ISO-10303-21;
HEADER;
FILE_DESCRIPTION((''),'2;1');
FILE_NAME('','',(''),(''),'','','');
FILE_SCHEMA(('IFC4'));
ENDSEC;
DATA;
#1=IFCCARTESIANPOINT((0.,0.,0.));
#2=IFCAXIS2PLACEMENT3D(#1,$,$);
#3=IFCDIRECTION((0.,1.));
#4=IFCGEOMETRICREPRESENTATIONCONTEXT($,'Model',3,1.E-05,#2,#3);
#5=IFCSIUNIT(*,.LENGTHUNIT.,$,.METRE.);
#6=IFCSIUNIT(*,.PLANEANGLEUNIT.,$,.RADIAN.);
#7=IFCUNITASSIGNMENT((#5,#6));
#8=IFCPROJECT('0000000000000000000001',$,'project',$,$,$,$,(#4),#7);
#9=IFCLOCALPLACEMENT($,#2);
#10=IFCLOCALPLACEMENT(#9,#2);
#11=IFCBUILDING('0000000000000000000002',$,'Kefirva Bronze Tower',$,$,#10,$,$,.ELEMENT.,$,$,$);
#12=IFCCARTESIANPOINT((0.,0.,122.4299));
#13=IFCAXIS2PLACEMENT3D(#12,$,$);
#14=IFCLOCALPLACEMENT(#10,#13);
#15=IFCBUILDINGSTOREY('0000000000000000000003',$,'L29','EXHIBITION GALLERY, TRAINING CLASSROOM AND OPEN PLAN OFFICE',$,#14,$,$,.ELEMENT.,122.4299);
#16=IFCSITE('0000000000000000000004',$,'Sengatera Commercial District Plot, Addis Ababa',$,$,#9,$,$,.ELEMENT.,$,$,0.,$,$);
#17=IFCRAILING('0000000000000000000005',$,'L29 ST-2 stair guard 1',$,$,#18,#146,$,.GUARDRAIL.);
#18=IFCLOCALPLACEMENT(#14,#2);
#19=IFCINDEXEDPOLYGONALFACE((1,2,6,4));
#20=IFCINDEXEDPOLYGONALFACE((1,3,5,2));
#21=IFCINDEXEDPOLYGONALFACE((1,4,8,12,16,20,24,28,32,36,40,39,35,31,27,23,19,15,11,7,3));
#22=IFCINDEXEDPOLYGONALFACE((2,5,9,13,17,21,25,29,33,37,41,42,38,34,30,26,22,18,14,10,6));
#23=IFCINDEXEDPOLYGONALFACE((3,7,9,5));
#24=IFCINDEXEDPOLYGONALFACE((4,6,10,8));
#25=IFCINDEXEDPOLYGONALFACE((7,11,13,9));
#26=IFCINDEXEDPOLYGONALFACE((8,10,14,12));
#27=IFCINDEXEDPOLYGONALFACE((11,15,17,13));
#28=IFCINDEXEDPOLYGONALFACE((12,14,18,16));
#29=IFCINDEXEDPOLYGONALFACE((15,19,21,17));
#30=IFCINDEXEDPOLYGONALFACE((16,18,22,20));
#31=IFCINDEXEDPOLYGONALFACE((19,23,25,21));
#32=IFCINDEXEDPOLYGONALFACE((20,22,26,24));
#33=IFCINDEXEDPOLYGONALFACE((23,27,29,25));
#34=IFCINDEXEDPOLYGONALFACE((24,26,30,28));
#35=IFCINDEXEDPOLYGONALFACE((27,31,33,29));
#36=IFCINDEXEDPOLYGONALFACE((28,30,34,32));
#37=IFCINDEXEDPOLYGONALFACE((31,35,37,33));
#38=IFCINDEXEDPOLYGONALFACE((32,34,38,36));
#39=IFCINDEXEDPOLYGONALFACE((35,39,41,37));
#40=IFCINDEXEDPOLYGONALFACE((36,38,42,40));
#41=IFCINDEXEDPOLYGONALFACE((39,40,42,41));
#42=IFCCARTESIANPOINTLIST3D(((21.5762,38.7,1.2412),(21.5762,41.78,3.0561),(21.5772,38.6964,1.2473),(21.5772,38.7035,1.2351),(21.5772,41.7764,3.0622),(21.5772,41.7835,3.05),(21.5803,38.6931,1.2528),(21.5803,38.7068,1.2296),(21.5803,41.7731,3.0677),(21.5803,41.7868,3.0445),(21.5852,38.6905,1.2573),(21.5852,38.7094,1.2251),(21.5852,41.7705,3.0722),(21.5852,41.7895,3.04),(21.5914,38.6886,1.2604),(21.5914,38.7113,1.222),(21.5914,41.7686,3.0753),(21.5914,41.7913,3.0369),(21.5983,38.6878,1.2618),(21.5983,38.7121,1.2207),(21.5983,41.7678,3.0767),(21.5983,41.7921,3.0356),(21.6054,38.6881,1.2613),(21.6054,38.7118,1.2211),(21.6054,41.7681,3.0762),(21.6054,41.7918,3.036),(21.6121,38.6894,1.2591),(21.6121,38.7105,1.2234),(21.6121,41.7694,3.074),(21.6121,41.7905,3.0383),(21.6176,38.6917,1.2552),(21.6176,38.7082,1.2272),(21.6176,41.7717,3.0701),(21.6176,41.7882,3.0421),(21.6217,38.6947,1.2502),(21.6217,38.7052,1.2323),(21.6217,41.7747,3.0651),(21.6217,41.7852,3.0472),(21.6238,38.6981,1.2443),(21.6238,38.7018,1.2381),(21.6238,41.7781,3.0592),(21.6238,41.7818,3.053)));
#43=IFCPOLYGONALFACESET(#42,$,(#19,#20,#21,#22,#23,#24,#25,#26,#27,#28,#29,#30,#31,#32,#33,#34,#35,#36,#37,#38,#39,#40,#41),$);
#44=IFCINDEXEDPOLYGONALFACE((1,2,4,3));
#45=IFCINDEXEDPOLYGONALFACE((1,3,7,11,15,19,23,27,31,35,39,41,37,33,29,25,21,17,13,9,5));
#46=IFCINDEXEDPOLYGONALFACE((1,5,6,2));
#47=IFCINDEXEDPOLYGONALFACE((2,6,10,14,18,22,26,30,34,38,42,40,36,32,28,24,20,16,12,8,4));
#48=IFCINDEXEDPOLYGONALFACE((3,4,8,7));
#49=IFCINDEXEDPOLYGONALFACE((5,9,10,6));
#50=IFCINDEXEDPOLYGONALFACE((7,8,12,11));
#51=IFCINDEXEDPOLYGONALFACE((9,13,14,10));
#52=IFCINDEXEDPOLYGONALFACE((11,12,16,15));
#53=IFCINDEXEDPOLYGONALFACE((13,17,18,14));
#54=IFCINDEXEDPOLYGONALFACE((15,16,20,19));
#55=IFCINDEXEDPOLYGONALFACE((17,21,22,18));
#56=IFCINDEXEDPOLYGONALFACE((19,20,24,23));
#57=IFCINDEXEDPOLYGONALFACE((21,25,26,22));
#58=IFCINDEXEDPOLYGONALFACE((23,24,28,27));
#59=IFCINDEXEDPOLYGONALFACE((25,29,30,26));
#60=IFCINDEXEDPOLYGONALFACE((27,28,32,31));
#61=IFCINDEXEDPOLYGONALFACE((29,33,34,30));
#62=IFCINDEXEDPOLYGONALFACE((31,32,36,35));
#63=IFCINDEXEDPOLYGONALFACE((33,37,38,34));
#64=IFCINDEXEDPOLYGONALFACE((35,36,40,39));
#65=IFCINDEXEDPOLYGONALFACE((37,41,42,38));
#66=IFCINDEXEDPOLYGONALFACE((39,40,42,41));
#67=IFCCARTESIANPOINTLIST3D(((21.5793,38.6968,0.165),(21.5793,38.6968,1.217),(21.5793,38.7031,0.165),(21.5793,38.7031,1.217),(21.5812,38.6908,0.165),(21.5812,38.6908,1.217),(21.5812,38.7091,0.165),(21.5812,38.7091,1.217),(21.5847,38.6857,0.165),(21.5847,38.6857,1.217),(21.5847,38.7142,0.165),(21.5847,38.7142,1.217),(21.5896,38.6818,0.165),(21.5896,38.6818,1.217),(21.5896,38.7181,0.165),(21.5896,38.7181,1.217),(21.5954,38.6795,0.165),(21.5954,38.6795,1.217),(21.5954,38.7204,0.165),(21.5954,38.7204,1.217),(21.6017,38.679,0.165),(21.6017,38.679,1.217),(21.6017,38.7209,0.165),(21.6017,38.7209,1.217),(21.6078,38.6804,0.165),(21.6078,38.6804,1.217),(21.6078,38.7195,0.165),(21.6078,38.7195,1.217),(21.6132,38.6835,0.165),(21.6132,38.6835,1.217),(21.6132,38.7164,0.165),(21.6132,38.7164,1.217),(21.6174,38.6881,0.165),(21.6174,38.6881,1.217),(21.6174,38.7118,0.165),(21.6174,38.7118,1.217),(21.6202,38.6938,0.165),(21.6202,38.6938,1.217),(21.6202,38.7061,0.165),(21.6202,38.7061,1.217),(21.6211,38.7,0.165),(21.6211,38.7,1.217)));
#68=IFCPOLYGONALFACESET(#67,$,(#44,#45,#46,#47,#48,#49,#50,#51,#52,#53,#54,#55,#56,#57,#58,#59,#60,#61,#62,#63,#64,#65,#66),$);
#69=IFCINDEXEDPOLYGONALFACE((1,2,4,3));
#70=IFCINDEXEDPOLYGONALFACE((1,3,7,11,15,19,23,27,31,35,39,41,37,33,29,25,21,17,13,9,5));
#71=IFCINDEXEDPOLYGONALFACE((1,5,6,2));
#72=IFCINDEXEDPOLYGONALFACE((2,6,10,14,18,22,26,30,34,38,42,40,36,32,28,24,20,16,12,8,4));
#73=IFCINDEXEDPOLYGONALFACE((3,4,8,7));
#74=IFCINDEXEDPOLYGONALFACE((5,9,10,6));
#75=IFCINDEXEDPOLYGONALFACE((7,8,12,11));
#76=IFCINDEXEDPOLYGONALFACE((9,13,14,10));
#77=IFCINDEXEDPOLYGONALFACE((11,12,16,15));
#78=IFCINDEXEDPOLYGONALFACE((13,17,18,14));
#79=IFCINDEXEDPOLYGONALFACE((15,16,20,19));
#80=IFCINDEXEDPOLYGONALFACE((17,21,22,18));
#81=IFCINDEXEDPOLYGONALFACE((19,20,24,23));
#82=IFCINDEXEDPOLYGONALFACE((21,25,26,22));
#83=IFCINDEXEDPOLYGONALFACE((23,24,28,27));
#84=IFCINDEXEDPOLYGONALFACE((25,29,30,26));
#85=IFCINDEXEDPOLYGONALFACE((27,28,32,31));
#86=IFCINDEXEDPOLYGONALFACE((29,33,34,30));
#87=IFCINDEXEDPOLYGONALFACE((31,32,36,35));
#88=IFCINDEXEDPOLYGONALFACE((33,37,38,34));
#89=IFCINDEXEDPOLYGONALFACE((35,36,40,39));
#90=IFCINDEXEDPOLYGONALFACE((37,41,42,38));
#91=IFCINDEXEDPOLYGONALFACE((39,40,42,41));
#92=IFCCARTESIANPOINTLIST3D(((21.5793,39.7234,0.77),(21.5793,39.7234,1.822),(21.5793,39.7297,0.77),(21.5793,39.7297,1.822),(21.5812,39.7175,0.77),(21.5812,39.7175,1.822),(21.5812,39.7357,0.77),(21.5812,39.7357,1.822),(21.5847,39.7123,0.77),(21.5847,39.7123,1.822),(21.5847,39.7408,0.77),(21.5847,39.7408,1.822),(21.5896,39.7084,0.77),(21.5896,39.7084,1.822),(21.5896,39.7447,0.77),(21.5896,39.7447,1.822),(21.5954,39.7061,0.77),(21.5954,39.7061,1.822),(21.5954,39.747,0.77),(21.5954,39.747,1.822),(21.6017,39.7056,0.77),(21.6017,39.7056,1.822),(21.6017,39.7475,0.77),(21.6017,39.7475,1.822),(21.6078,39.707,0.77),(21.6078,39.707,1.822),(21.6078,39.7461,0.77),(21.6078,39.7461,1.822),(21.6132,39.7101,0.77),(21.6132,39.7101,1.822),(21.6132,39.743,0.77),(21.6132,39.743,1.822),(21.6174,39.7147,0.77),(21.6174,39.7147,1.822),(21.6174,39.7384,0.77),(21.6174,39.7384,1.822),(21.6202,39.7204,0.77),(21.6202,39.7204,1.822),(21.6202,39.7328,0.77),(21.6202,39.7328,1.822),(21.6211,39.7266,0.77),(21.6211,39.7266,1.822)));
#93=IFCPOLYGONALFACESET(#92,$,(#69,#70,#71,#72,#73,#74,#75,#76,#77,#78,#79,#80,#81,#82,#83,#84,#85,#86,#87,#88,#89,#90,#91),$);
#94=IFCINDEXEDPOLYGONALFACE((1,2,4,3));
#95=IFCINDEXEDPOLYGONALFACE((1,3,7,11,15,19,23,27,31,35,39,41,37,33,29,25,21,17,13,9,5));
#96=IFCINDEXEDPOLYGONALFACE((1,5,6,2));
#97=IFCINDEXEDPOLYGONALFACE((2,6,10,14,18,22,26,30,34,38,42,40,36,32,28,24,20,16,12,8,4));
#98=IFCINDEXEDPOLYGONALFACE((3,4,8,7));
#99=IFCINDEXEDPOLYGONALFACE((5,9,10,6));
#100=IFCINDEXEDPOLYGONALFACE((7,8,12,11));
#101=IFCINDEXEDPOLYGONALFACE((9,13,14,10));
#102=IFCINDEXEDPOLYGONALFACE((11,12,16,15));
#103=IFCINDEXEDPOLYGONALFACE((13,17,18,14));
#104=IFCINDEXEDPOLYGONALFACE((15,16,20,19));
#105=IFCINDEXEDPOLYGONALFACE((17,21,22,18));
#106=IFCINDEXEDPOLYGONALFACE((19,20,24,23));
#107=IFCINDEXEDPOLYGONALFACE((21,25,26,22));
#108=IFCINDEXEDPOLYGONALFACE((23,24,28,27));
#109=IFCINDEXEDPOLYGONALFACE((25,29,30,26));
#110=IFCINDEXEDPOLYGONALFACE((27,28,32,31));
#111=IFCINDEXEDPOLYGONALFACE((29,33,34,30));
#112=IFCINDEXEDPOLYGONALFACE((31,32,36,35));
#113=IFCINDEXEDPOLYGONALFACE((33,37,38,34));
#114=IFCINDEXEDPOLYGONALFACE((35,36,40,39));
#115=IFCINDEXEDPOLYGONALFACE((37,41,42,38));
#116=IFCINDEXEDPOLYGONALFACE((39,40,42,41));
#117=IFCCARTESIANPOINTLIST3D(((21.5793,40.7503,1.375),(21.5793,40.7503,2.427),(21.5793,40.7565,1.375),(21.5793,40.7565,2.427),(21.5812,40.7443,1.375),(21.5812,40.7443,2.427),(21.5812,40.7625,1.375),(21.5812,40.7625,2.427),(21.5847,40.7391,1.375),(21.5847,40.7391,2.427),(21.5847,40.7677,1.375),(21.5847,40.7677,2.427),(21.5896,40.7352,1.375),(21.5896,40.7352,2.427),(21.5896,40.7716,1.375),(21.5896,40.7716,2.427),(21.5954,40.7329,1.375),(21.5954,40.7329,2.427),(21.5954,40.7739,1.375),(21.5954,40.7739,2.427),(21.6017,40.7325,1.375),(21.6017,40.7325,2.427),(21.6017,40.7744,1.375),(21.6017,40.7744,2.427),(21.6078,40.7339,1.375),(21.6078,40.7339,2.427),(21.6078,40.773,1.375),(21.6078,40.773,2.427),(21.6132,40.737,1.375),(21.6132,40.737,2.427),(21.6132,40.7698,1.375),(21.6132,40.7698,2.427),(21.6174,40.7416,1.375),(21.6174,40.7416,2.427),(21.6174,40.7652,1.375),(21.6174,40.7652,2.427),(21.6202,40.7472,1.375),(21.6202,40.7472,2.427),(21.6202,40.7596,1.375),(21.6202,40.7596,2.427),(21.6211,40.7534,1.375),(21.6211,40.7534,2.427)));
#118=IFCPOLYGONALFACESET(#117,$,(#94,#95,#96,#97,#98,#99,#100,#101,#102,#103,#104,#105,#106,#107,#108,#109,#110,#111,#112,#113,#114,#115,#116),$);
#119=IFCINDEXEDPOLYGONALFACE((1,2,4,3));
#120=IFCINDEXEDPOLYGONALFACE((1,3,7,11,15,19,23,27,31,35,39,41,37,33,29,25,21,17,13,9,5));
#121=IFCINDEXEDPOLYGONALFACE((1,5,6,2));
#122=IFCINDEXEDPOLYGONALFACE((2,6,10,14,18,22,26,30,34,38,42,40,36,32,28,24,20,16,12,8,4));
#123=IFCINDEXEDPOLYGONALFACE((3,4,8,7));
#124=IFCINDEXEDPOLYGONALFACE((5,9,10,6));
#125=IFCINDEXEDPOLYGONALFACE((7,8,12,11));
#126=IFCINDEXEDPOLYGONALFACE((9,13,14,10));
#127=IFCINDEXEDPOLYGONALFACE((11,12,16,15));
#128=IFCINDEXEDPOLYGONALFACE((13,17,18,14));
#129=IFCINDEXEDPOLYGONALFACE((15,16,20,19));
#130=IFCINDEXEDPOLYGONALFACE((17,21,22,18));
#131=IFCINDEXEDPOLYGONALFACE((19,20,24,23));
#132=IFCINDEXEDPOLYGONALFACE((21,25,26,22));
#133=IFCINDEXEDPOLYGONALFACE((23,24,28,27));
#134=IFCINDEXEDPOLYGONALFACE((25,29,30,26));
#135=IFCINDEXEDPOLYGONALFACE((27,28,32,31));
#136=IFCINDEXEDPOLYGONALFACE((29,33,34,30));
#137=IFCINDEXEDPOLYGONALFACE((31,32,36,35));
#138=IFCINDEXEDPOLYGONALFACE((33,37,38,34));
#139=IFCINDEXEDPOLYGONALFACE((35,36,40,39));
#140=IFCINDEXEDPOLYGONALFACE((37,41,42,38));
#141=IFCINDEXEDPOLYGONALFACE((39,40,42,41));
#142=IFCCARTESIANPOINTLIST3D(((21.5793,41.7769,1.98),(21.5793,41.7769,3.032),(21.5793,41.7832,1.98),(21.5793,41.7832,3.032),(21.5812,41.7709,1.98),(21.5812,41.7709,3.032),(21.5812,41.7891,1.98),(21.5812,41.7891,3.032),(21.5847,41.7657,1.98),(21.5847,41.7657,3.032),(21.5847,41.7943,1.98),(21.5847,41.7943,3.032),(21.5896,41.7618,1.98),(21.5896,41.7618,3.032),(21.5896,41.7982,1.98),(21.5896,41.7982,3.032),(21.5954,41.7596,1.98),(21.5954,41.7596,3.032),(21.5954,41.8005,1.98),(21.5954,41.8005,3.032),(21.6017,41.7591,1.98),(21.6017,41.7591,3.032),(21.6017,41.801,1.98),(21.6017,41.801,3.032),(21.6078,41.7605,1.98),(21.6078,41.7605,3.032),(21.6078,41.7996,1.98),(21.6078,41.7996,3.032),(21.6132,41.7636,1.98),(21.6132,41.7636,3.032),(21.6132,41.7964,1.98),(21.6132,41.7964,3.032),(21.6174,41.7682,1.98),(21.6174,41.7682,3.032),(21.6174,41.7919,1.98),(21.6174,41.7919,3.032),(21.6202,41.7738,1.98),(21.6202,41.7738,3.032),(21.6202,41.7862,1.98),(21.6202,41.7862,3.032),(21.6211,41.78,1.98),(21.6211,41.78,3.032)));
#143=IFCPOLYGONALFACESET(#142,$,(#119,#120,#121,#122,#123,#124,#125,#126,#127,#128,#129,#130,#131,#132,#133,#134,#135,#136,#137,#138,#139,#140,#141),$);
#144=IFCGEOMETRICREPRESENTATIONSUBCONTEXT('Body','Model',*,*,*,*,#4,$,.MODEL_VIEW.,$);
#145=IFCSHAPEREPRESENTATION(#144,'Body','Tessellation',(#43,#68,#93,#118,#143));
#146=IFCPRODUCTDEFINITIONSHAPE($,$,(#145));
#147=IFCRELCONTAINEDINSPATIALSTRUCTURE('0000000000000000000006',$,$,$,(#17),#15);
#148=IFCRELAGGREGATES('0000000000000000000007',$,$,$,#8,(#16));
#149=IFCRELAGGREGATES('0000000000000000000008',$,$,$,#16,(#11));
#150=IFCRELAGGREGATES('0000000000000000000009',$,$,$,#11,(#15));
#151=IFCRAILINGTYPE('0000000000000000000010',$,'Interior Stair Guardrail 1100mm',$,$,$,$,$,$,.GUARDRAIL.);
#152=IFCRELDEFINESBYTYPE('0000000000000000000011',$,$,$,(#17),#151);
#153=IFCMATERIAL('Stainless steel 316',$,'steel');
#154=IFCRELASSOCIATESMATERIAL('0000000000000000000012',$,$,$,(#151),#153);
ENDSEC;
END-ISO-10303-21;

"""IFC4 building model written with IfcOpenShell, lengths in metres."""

from ifc_helpers import new_model, si_unit, direction, frame, origin, origin_2d, place, context, subcontext, project, spatial, circle, extrude, material, type_object, element, save


model = new_model("IFC4")

# Units and contexts
model_context = context("Model", 3, precision=1e-05, world=origin(), true_north=direction((0.0, 1.0)))
body_context = subcontext(model_context, "Body", "Model", "MODEL_VIEW")
ifc_project = project(units=[si_unit("LENGTHUNIT", "METRE"), si_unit("PLANEANGLEUNIT", "RADIAN")], contexts=[model_context])

# Site, building, storey
site_placement = place(None, origin())
site = spatial("IfcSite", under=ifc_project, at=site_placement, Name="Sengatera Commercial District Plot, Addis Ababa", CompositionType="ELEMENT", RefElevation=0.0)
building_placement = place(site_placement, origin())
building = spatial("IfcBuilding", under=site, at=building_placement, Name="Kefirva Bronze Tower", CompositionType="ELEMENT")
storey_placement = place(building_placement, frame((0.0, 0.0, 122.4299)))
storey = spatial("IfcBuildingStorey", under=building, at=storey_placement, Name="L29", Description="EXHIBITION GALLERY, TRAINING CLASSROOM AND OPEN PLAN OFFICE", CompositionType="ELEMENT", Elevation=122.4299)

# Railing
ifc_material_1 = material(Name="Stainless steel 316", Category="steel")
railing_type_1 = type_object("IfcRailingType", Name="Interior Stair Guardrail 1100mm", PredefinedType="GUARDRAIL", material=ifc_material_1)
railing_1_placement = place(storey_placement, frame((21.6001, 38.7, 0.165)))
element("IfcRailing", 1, at=railing_1_placement, inside=storey, type_object=railing_type_1, Name="L29 ST-2 stair guard 1", PredefinedType="GUARDRAIL", context=body_context, shape_type="SweptSolid", body=[
    extrude(circle(Radius=0.0239, at=origin_2d()), frame((0.0, 0.0, 1.0762), z_axis=(0.0, 0.861551, 0.507671), x_axis=(-1.0, 0.0, 0.0)), (0.0, 0.0, 1.0), 3.575),
    extrude(circle(Radius=0.021, at=origin_2d()), origin(), (0.0, 0.0, 1.0), 1.052),
    extrude(circle(Radius=0.021, at=origin_2d()), frame((0.0, 1.0266, 0.605)), (0.0, 0.0, 1.0), 1.052),
    extrude(circle(Radius=0.021, at=origin_2d()), frame((0.0, 2.0535, 1.21)), (0.0, 0.0, 1.0), 1.052),
    extrude(circle(Radius=0.021, at=origin_2d()), frame((0.0, 3.0801, 1.8149)), (0.0, 0.0, 1.0), 1.052),
])

save(model, "model.ifc")
